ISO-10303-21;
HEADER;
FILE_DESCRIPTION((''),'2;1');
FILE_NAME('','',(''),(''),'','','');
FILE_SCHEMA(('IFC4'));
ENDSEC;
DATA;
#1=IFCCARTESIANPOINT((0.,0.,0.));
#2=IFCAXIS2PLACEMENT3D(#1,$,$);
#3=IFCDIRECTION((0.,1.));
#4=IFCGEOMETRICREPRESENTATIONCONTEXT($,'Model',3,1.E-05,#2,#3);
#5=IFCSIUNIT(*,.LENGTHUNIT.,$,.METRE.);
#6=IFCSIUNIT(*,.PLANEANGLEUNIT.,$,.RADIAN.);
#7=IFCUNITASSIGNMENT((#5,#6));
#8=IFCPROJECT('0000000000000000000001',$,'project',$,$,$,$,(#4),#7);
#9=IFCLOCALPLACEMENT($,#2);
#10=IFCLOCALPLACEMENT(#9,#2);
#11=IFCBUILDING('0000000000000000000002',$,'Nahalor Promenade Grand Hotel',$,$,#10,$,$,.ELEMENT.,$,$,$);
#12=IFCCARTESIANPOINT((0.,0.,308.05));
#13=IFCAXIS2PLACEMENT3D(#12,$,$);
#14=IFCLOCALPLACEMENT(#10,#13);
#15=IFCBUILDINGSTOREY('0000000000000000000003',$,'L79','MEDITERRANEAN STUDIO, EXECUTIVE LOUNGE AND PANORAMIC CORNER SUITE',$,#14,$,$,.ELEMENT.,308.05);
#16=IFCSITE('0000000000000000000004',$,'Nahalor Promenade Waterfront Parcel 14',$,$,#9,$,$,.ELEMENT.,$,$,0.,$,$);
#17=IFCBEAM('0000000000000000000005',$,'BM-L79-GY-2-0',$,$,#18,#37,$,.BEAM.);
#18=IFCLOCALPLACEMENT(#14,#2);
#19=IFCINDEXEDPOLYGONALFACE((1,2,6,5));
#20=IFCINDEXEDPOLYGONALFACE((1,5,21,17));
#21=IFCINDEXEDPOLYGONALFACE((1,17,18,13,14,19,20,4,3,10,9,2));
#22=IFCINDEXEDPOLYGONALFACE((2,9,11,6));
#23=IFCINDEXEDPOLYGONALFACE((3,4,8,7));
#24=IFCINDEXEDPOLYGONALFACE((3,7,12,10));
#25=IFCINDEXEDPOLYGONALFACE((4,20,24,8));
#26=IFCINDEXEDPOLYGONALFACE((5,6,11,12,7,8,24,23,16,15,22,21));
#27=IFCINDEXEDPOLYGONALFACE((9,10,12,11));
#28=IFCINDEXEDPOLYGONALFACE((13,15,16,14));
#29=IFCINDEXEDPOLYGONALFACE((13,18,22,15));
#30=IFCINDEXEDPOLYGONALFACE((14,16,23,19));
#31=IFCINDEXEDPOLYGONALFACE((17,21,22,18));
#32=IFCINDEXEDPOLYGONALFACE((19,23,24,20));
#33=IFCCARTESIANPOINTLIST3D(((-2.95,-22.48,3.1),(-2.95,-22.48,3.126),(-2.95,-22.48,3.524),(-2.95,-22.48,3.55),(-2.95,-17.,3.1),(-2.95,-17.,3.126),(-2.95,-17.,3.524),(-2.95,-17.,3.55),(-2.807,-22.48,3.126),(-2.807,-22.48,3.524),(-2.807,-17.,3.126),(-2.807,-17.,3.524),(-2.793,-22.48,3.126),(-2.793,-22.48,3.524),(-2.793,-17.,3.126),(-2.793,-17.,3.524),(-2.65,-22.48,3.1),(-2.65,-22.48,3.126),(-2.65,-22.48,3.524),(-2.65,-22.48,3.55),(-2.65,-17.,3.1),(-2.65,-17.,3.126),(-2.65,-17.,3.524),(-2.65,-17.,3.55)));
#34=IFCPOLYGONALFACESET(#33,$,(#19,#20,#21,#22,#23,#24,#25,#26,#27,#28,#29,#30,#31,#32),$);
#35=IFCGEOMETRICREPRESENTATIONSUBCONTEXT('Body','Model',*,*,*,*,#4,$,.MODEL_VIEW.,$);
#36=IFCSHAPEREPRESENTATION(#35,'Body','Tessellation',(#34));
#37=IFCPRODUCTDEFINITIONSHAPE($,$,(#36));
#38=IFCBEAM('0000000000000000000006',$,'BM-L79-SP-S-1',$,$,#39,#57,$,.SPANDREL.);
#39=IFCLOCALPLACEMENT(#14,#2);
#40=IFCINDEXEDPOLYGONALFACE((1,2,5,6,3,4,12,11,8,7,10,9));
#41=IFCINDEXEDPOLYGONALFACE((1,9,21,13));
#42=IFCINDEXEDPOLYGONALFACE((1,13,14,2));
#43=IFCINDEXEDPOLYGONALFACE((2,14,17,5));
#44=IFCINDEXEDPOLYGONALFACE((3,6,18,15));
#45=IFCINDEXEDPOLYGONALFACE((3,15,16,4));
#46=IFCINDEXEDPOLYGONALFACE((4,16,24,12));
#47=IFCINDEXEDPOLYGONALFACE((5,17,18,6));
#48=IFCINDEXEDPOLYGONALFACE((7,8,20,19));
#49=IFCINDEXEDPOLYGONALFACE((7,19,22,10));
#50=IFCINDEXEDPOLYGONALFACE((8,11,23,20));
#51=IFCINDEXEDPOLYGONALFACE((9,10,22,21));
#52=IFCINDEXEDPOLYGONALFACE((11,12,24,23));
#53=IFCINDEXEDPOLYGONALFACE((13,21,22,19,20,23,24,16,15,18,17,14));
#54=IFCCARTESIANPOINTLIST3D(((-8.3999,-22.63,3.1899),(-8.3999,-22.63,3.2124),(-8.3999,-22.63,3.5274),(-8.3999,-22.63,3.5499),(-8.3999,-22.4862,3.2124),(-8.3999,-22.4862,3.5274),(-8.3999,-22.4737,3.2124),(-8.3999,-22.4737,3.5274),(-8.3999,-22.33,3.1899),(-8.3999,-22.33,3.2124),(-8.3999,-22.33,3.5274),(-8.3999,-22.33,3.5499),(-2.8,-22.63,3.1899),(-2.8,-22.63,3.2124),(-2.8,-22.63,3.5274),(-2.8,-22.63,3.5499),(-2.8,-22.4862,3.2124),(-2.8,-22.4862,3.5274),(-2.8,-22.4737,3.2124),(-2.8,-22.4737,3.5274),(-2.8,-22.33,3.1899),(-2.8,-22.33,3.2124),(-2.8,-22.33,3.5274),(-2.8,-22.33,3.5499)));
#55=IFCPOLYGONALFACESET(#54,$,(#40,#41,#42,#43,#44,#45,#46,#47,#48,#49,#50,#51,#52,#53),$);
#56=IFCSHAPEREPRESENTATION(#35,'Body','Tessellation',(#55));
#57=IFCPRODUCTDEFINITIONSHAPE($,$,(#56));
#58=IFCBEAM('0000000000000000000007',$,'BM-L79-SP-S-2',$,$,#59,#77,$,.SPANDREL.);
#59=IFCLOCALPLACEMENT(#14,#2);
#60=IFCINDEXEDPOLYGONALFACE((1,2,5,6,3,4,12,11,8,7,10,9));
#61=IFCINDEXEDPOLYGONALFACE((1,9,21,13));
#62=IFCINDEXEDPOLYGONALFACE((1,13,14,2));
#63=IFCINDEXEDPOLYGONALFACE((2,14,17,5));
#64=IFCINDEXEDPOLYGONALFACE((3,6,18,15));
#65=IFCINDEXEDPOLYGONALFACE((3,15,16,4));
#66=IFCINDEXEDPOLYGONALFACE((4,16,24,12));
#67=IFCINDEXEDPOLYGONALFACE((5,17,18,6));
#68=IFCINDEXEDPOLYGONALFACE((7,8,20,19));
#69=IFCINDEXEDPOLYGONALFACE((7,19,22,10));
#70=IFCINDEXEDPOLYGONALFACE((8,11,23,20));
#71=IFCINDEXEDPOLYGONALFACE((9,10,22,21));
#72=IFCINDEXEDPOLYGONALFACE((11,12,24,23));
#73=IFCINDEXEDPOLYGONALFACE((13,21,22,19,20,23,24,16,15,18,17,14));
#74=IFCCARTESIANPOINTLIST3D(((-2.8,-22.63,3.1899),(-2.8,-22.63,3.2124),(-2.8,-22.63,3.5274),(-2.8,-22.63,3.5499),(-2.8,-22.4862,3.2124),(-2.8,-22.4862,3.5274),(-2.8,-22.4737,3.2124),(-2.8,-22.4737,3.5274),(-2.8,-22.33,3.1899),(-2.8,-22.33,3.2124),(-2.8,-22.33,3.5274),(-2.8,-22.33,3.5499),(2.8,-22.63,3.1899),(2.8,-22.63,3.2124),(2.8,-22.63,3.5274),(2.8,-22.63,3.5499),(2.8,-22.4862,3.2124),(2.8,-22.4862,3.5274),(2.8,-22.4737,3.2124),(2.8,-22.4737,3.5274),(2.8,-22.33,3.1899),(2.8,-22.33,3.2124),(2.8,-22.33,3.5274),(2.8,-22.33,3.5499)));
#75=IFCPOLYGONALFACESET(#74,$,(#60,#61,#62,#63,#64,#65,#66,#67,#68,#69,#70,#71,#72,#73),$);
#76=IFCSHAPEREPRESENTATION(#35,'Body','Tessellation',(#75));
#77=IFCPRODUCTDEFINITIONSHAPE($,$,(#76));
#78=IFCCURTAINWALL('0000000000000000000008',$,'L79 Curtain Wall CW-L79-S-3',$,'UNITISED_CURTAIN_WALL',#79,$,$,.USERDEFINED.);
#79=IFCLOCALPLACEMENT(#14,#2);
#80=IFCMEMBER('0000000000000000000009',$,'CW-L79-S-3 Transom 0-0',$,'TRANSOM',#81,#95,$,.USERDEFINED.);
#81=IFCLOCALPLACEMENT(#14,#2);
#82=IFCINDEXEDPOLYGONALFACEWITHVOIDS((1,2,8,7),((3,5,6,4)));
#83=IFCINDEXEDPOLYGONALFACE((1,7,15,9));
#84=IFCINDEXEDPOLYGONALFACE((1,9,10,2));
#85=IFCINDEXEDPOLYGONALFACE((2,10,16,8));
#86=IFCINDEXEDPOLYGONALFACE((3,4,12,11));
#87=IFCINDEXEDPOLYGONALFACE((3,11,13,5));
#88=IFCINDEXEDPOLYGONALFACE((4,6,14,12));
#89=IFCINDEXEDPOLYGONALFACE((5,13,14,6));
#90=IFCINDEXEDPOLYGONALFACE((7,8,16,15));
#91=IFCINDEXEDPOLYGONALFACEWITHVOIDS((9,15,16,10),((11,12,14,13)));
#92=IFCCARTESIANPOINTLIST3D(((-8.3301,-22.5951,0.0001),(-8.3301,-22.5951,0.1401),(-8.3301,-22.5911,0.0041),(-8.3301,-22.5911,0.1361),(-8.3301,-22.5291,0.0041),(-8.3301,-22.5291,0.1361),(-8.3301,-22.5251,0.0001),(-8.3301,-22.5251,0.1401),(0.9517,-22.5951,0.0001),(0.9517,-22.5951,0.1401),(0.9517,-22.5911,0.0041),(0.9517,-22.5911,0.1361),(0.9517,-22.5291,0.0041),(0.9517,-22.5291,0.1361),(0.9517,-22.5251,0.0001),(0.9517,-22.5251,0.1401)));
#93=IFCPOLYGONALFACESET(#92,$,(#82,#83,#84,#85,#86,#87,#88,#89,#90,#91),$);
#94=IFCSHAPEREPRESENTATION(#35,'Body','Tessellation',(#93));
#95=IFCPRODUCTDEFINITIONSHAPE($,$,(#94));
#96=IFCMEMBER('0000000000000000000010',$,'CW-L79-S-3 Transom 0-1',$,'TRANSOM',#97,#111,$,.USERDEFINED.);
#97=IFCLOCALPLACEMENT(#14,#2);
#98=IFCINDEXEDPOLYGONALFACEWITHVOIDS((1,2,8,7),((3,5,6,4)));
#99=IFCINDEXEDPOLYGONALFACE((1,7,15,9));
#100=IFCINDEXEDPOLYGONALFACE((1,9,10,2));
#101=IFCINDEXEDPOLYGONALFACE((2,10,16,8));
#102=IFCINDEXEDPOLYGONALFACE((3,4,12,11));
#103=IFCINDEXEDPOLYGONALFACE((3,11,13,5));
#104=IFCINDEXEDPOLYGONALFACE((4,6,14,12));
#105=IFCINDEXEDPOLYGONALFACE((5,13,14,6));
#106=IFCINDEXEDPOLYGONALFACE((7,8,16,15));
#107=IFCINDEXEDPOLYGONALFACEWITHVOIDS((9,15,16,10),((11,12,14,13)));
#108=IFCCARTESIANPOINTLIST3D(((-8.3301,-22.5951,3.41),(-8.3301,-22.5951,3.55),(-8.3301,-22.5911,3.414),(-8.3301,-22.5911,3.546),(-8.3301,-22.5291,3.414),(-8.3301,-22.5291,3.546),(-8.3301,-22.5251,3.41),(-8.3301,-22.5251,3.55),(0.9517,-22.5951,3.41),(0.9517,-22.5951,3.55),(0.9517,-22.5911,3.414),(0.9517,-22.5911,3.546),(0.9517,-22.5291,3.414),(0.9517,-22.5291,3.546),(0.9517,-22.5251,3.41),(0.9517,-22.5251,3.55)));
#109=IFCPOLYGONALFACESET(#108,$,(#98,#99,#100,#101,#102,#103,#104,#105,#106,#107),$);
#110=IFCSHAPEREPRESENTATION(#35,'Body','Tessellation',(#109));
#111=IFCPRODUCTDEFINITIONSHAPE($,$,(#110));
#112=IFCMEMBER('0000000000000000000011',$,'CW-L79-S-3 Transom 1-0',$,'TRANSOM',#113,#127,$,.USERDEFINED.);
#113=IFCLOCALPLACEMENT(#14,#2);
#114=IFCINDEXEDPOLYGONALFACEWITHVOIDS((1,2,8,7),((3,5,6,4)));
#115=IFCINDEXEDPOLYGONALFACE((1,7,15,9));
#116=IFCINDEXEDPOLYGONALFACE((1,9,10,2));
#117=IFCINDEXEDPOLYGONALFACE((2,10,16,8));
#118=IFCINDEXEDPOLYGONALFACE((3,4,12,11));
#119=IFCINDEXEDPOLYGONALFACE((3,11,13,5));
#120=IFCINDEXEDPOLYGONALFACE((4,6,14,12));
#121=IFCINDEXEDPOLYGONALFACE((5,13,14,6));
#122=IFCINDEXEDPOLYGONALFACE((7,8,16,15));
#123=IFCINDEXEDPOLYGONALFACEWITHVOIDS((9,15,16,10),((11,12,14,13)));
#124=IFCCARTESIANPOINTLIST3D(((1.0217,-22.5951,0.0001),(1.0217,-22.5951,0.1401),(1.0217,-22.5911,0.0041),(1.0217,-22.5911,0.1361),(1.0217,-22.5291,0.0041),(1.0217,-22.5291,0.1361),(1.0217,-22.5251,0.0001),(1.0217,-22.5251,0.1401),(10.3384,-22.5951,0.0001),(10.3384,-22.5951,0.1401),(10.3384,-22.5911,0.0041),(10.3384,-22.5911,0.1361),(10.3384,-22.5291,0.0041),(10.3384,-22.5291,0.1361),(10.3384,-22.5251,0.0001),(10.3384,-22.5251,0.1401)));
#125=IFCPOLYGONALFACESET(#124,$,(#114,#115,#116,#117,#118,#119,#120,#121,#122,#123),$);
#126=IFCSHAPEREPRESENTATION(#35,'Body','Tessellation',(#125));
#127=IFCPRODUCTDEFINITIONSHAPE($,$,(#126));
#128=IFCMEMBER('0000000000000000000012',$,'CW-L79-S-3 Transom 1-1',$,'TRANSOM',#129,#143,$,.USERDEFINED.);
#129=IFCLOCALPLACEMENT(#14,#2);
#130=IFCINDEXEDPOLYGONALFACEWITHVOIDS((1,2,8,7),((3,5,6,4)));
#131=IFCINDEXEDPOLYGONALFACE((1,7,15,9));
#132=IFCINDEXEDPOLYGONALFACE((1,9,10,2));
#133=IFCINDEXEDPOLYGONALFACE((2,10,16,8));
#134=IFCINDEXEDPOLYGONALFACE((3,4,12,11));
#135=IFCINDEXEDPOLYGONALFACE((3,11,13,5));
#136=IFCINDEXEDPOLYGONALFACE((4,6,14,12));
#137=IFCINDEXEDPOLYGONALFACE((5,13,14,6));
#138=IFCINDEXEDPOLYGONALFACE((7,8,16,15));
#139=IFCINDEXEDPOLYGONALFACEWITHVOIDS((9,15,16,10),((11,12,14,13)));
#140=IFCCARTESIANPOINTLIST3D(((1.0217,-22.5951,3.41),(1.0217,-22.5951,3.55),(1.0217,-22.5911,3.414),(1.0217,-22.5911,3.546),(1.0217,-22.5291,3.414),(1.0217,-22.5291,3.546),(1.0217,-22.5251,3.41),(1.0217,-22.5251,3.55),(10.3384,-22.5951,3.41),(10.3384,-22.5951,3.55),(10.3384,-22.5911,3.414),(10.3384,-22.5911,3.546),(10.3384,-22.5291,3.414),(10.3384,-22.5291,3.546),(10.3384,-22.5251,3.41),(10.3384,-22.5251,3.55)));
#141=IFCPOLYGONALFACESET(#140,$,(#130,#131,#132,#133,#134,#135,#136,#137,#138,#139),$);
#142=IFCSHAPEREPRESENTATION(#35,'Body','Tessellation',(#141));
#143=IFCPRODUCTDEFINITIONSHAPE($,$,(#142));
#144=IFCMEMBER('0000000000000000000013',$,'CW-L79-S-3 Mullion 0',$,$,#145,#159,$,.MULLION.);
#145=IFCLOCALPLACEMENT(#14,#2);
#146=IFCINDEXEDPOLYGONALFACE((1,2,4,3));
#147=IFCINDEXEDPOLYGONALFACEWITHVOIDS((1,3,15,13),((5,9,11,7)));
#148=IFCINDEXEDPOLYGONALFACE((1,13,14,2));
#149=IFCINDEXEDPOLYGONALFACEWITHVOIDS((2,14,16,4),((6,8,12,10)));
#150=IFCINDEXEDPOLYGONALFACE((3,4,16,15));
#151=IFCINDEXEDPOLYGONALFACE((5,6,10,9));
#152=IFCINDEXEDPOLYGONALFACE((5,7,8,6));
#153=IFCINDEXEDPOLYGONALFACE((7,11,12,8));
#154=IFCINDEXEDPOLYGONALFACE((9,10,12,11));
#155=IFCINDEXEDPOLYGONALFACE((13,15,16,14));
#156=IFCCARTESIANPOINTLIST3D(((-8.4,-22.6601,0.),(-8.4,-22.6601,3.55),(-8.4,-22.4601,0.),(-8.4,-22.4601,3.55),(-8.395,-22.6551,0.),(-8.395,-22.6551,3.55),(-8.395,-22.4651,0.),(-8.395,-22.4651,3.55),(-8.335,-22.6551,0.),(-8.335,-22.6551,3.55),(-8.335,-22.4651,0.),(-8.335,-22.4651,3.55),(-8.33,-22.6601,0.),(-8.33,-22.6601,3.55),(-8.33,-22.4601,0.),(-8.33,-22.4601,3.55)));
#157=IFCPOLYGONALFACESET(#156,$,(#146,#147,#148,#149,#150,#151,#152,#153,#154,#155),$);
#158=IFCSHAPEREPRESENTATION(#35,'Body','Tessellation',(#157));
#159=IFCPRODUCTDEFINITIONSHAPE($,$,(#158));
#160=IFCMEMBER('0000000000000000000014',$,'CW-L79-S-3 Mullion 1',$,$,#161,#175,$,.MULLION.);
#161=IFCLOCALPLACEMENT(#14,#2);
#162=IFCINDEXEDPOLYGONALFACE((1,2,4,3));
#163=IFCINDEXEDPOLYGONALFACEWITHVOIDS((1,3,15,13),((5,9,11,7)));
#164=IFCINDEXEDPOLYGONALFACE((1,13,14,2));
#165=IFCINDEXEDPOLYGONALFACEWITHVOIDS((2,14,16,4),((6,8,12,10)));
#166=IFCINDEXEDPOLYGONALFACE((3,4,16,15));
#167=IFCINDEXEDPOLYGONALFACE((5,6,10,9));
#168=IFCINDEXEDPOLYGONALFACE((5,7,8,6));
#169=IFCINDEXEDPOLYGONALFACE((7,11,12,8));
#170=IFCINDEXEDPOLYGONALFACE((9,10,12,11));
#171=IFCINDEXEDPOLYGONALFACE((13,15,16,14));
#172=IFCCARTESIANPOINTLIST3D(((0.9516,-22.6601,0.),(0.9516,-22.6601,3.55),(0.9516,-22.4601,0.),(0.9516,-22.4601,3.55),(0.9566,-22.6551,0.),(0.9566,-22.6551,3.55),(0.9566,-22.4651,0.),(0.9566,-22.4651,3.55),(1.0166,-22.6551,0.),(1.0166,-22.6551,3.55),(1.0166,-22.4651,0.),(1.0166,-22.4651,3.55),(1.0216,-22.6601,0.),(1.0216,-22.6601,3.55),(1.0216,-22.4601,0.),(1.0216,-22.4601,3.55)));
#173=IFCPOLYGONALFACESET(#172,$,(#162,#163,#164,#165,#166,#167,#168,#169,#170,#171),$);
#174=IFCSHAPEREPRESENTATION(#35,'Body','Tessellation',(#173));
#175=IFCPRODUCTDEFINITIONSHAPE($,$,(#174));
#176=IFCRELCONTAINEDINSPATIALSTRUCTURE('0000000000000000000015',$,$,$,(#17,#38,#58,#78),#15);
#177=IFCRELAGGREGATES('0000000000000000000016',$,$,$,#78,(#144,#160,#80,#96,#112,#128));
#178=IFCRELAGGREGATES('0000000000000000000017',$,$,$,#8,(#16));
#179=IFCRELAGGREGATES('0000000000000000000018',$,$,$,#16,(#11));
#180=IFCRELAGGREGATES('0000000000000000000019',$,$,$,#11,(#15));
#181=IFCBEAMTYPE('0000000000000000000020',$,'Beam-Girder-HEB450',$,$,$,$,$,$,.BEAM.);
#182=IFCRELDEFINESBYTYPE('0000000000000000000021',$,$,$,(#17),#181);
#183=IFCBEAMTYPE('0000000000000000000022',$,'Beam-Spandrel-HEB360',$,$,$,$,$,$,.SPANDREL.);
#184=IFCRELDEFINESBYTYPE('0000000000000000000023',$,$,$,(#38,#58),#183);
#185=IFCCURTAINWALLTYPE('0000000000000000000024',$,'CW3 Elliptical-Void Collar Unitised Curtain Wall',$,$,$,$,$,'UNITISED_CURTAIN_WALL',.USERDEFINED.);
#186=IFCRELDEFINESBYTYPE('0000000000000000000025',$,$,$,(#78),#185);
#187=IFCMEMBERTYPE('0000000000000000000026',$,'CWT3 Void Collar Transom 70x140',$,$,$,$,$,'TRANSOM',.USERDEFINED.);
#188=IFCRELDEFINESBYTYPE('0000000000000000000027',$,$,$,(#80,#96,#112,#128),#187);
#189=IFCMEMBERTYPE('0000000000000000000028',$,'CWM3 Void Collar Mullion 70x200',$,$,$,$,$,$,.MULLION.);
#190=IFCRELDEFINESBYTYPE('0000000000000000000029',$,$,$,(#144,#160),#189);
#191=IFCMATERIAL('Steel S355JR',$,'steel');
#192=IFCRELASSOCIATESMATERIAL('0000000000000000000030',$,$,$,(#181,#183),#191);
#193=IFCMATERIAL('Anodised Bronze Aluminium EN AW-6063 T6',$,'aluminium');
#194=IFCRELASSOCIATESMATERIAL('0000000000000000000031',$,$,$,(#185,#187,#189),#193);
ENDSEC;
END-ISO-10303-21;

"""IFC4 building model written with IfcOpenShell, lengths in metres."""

from ifc_helpers import new_model, si_unit, direction, frame, origin, origin_2d, place, context, subcontext, project, spatial, hollow_rectangle, i_section, extrude, source, transform, mapped, material, material_profile, profile_set, type_object, element, aggregate, save


model = new_model("IFC4")

# Units and contexts
model_context = context("Model", 3, precision=1e-05, world=origin(), true_north=direction((0.0, 1.0)))
body_context = subcontext(model_context, "Body", "Model", "MODEL_VIEW")
ifc_project = project(units=[si_unit("LENGTHUNIT", "METRE"), si_unit("PLANEANGLEUNIT", "RADIAN")], contexts=[model_context])

# Site, building, storey
site_placement = place(None, origin())
site = spatial("IfcSite", under=ifc_project, at=site_placement, Name="Nahalor Promenade Waterfront Parcel 14", CompositionType="ELEMENT", RefElevation=0.0)
building_placement = place(site_placement, origin())
building = spatial("IfcBuilding", under=site, at=building_placement, Name="Nahalor Promenade Grand Hotel", CompositionType="ELEMENT")
storey_placement = place(building_placement, frame((0.0, 0.0, 308.05)))
storey = spatial("IfcBuildingStorey", under=building, at=storey_placement, Name="L79", Description="MEDITERRANEAN STUDIO, EXECUTIVE LOUNGE AND PANORAMIC CORNER SUITE", CompositionType="ELEMENT", Elevation=308.05)

# Shared definitions
ifc_material_1 = material(Name="Steel S355JR", Category="steel")

# Beams
ifc_material_profile_1 = material_profile(ifc_material_1, i_section(OverallWidth=0.3, OverallDepth=0.45, WebThickness=0.014, FlangeThickness=0.026, at=origin_2d()), Name="HEB 450")
ifc_profile_set_1 = profile_set([ifc_material_profile_1], Name="Steel S355JR")
beam_type_1 = type_object("IfcBeamType", Name="Beam-Girder-HEB450", PredefinedType="BEAM", material=ifc_profile_set_1)
shared_shape_1 = source(origin(), body_context, "Body", "SweptSolid", [
    extrude(i_section(OverallWidth=0.3, OverallDepth=0.45, WebThickness=0.014, FlangeThickness=0.026, at=origin_2d()), origin(), (0.0, 0.0, 1.0), 5.48),
])
for number, where, z_axis, x_axis, name in (
    (1, (-2.8, -22.48, 3.325), (0.0, 1.0, 0.0), (-1.0, 0.0, 0.0), "BM-L79-GY-2-0"),
):
    element("IfcBeam", number, at=place(storey_placement, frame(where, z_axis=z_axis, x_axis=x_axis)), inside=storey, type_object=beam_type_1, Name=name, PredefinedType="BEAM", context=body_context, shape_type="MappedRepresentation", body=[
        mapped(shared_shape_1, transform((0.0, 0.0, 0.0), scale=1.0)),
    ])
ifc_material_profile_2 = material_profile(ifc_material_1, i_section(OverallWidth=0.3, OverallDepth=0.36, WebThickness=0.0125, FlangeThickness=0.0225, at=origin_2d()), Name="HEB 360")
ifc_profile_set_2 = profile_set([ifc_material_profile_2], Name="Steel S355JR")
beam_type_2 = type_object("IfcBeamType", Name="Beam-Spandrel-HEB360", PredefinedType="SPANDREL", material=ifc_profile_set_2)
shared_shape_2 = source(origin(), body_context, "Body", "SweptSolid", [
    extrude(i_section(OverallWidth=0.3, OverallDepth=0.36, WebThickness=0.0125, FlangeThickness=0.0225, at=origin_2d()), origin(), (0.0, 0.0, 1.0), 5.5999),
])
beam_1_placement = place(storey_placement, frame((-8.3999, -22.48, 3.3699), z_axis=(1.0, 0.0, 0.0), x_axis=(0.0, 1.0, 0.0)))
element("IfcBeam", 2, at=beam_1_placement, inside=storey, type_object=beam_type_2, Name="BM-L79-SP-S-1", PredefinedType="SPANDREL", context=body_context, shape_type="MappedRepresentation", body=[
    mapped(shared_shape_2, transform((0.0, 0.0, 0.0), scale=1.0)),
])
shared_shape_3 = source(origin(), body_context, "Body", "SweptSolid", [
    extrude(i_section(OverallWidth=0.3, OverallDepth=0.36, WebThickness=0.0125, FlangeThickness=0.0225, at=origin_2d()), origin(), (0.0, 0.0, 1.0), 5.6001),
])
beam_2_placement = place(storey_placement, frame((-2.8, -22.48, 3.3699), z_axis=(1.0, 0.0, 0.0), x_axis=(0.0, 1.0, 0.0)))
element("IfcBeam", 3, at=beam_2_placement, inside=storey, type_object=beam_type_2, Name="BM-L79-SP-S-2", PredefinedType="SPANDREL", context=body_context, shape_type="MappedRepresentation", body=[
    mapped(shared_shape_3, transform((0.0, 0.0, 0.0), scale=1.0)),
])

# Curtain wall, members
ifc_material_2 = material(Name="Anodised Bronze Aluminium EN AW-6063 T6", Category="aluminium")
curtain_wall_type = type_object("IfcCurtainWallType", Name="CW3 Elliptical-Void Collar Unitised Curtain Wall", ElementType="UNITISED_CURTAIN_WALL", PredefinedType="USERDEFINED", material=ifc_material_2)
curtain_wall_placement = place(storey_placement, origin())
curtain_wall = element("IfcCurtainWall", 4, at=curtain_wall_placement, inside=storey, type_object=curtain_wall_type, Name="L79 Curtain Wall CW-L79-S-3", ObjectType="UNITISED_CURTAIN_WALL", PredefinedType="USERDEFINED")
ifc_material_profile_3 = material_profile(ifc_material_2, hollow_rectangle(XDim=0.07, YDim=0.14, WallThickness=0.004, at=origin_2d()), Name="CWT 70x140x4")
ifc_profile_set_3 = profile_set([ifc_material_profile_3], Name="Anodised Bronze Aluminium EN AW-6063 T6")
member_type_1 = type_object("IfcMemberType", Name="CWT3 Void Collar Transom 70x140", ElementType="TRANSOM", PredefinedType="USERDEFINED", material=ifc_profile_set_3)
shared_shape_4 = source(origin(), body_context, "Body", "SweptSolid", [
    extrude(hollow_rectangle(XDim=0.07, YDim=0.14, WallThickness=0.004, at=origin_2d()), origin(), (0.0, 0.0, 1.0), 9.2817),
])
member_1_placement = place(storey_placement, frame((-8.3301, -22.5601, 0.0701), z_axis=(1.0, 0.0, 0.0), x_axis=(0.0, 1.0, 0.0)))
member_1 = element("IfcMember", 5, at=member_1_placement, type_object=member_type_1, Name="CW-L79-S-3 Transom 0-0", ObjectType="TRANSOM", PredefinedType="USERDEFINED", context=body_context, shape_type="MappedRepresentation", body=[
    mapped(shared_shape_4, transform((0.0, 0.0, 0.0), scale=1.0)),
])
member_2_placement = place(storey_placement, frame((-8.3301, -22.5601, 3.48), z_axis=(1.0, 0.0, 0.0), x_axis=(0.0, 1.0, 0.0)))
member_2 = element("IfcMember", 6, at=member_2_placement, type_object=member_type_1, Name="CW-L79-S-3 Transom 0-1", ObjectType="TRANSOM", PredefinedType="USERDEFINED", context=body_context, shape_type="MappedRepresentation", body=[
    mapped(shared_shape_4, transform((0.0, 0.0, 0.0), scale=1.0)),
])
shared_shape_5 = source(origin(), body_context, "Body", "SweptSolid", [
    extrude(hollow_rectangle(XDim=0.07, YDim=0.14, WallThickness=0.004, at=origin_2d()), origin(), (0.0, 0.0, 1.0), 9.3167),
])
member_3_placement = place(storey_placement, frame((1.0217, -22.5601, 0.0701), z_axis=(1.0, 0.0, 0.0), x_axis=(0.0, 1.0, 0.0)))
member_3 = element("IfcMember", 7, at=member_3_placement, type_object=member_type_1, Name="CW-L79-S-3 Transom 1-0", ObjectType="TRANSOM", PredefinedType="USERDEFINED", context=body_context, shape_type="MappedRepresentation", body=[
    mapped(shared_shape_5, transform((0.0, 0.0, 0.0), scale=1.0)),
])
member_4_placement = place(storey_placement, frame((1.0217, -22.5601, 3.48), z_axis=(1.0, 0.0, 0.0), x_axis=(0.0, 1.0, 0.0)))
member_4 = element("IfcMember", 8, at=member_4_placement, type_object=member_type_1, Name="CW-L79-S-3 Transom 1-1", ObjectType="TRANSOM", PredefinedType="USERDEFINED", context=body_context, shape_type="MappedRepresentation", body=[
    mapped(shared_shape_5, transform((0.0, 0.0, 0.0), scale=1.0)),
])
ifc_material_profile_4 = material_profile(ifc_material_2, hollow_rectangle(XDim=0.07, YDim=0.2, WallThickness=0.005, at=origin_2d()), Name="CWM 70x200x5")
ifc_profile_set_4 = profile_set([ifc_material_profile_4], Name="Anodised Bronze Aluminium EN AW-6063 T6")
member_type_2 = type_object("IfcMemberType", Name="CWM3 Void Collar Mullion 70x200", PredefinedType="MULLION", material=ifc_profile_set_4)
shared_shape_6 = source(origin(), body_context, "Body", "SweptSolid", [
    extrude(hollow_rectangle(XDim=0.07, YDim=0.2, WallThickness=0.005, at=origin_2d()), origin(), (0.0, 0.0, 1.0), 3.55),
])
member_5_placement = place(storey_placement, frame((-8.365, -22.5601, 0.0), z_axis=(0.0, 0.0, 1.0), x_axis=(1.0, 0.0, 0.0)))
member_5 = element("IfcMember", 9, at=member_5_placement, type_object=member_type_2, Name="CW-L79-S-3 Mullion 0", PredefinedType="MULLION", context=body_context, shape_type="MappedRepresentation", body=[
    mapped(shared_shape_6, transform((0.0, 0.0, 0.0), scale=1.0)),
])
member_6_placement = place(storey_placement, frame((0.9866, -22.5601, 0.0), z_axis=(0.0, 0.0, 1.0), x_axis=(1.0, 0.0, 0.0)))
member_6 = element("IfcMember", 10, at=member_6_placement, type_object=member_type_2, Name="CW-L79-S-3 Mullion 1", PredefinedType="MULLION", context=body_context, shape_type="MappedRepresentation", body=[
    mapped(shared_shape_6, transform((0.0, 0.0, 0.0), scale=1.0)),
])
aggregate(curtain_wall, [member_5, member_6, member_1, member_2, member_3, member_4])

save(model, "model.ifc")
